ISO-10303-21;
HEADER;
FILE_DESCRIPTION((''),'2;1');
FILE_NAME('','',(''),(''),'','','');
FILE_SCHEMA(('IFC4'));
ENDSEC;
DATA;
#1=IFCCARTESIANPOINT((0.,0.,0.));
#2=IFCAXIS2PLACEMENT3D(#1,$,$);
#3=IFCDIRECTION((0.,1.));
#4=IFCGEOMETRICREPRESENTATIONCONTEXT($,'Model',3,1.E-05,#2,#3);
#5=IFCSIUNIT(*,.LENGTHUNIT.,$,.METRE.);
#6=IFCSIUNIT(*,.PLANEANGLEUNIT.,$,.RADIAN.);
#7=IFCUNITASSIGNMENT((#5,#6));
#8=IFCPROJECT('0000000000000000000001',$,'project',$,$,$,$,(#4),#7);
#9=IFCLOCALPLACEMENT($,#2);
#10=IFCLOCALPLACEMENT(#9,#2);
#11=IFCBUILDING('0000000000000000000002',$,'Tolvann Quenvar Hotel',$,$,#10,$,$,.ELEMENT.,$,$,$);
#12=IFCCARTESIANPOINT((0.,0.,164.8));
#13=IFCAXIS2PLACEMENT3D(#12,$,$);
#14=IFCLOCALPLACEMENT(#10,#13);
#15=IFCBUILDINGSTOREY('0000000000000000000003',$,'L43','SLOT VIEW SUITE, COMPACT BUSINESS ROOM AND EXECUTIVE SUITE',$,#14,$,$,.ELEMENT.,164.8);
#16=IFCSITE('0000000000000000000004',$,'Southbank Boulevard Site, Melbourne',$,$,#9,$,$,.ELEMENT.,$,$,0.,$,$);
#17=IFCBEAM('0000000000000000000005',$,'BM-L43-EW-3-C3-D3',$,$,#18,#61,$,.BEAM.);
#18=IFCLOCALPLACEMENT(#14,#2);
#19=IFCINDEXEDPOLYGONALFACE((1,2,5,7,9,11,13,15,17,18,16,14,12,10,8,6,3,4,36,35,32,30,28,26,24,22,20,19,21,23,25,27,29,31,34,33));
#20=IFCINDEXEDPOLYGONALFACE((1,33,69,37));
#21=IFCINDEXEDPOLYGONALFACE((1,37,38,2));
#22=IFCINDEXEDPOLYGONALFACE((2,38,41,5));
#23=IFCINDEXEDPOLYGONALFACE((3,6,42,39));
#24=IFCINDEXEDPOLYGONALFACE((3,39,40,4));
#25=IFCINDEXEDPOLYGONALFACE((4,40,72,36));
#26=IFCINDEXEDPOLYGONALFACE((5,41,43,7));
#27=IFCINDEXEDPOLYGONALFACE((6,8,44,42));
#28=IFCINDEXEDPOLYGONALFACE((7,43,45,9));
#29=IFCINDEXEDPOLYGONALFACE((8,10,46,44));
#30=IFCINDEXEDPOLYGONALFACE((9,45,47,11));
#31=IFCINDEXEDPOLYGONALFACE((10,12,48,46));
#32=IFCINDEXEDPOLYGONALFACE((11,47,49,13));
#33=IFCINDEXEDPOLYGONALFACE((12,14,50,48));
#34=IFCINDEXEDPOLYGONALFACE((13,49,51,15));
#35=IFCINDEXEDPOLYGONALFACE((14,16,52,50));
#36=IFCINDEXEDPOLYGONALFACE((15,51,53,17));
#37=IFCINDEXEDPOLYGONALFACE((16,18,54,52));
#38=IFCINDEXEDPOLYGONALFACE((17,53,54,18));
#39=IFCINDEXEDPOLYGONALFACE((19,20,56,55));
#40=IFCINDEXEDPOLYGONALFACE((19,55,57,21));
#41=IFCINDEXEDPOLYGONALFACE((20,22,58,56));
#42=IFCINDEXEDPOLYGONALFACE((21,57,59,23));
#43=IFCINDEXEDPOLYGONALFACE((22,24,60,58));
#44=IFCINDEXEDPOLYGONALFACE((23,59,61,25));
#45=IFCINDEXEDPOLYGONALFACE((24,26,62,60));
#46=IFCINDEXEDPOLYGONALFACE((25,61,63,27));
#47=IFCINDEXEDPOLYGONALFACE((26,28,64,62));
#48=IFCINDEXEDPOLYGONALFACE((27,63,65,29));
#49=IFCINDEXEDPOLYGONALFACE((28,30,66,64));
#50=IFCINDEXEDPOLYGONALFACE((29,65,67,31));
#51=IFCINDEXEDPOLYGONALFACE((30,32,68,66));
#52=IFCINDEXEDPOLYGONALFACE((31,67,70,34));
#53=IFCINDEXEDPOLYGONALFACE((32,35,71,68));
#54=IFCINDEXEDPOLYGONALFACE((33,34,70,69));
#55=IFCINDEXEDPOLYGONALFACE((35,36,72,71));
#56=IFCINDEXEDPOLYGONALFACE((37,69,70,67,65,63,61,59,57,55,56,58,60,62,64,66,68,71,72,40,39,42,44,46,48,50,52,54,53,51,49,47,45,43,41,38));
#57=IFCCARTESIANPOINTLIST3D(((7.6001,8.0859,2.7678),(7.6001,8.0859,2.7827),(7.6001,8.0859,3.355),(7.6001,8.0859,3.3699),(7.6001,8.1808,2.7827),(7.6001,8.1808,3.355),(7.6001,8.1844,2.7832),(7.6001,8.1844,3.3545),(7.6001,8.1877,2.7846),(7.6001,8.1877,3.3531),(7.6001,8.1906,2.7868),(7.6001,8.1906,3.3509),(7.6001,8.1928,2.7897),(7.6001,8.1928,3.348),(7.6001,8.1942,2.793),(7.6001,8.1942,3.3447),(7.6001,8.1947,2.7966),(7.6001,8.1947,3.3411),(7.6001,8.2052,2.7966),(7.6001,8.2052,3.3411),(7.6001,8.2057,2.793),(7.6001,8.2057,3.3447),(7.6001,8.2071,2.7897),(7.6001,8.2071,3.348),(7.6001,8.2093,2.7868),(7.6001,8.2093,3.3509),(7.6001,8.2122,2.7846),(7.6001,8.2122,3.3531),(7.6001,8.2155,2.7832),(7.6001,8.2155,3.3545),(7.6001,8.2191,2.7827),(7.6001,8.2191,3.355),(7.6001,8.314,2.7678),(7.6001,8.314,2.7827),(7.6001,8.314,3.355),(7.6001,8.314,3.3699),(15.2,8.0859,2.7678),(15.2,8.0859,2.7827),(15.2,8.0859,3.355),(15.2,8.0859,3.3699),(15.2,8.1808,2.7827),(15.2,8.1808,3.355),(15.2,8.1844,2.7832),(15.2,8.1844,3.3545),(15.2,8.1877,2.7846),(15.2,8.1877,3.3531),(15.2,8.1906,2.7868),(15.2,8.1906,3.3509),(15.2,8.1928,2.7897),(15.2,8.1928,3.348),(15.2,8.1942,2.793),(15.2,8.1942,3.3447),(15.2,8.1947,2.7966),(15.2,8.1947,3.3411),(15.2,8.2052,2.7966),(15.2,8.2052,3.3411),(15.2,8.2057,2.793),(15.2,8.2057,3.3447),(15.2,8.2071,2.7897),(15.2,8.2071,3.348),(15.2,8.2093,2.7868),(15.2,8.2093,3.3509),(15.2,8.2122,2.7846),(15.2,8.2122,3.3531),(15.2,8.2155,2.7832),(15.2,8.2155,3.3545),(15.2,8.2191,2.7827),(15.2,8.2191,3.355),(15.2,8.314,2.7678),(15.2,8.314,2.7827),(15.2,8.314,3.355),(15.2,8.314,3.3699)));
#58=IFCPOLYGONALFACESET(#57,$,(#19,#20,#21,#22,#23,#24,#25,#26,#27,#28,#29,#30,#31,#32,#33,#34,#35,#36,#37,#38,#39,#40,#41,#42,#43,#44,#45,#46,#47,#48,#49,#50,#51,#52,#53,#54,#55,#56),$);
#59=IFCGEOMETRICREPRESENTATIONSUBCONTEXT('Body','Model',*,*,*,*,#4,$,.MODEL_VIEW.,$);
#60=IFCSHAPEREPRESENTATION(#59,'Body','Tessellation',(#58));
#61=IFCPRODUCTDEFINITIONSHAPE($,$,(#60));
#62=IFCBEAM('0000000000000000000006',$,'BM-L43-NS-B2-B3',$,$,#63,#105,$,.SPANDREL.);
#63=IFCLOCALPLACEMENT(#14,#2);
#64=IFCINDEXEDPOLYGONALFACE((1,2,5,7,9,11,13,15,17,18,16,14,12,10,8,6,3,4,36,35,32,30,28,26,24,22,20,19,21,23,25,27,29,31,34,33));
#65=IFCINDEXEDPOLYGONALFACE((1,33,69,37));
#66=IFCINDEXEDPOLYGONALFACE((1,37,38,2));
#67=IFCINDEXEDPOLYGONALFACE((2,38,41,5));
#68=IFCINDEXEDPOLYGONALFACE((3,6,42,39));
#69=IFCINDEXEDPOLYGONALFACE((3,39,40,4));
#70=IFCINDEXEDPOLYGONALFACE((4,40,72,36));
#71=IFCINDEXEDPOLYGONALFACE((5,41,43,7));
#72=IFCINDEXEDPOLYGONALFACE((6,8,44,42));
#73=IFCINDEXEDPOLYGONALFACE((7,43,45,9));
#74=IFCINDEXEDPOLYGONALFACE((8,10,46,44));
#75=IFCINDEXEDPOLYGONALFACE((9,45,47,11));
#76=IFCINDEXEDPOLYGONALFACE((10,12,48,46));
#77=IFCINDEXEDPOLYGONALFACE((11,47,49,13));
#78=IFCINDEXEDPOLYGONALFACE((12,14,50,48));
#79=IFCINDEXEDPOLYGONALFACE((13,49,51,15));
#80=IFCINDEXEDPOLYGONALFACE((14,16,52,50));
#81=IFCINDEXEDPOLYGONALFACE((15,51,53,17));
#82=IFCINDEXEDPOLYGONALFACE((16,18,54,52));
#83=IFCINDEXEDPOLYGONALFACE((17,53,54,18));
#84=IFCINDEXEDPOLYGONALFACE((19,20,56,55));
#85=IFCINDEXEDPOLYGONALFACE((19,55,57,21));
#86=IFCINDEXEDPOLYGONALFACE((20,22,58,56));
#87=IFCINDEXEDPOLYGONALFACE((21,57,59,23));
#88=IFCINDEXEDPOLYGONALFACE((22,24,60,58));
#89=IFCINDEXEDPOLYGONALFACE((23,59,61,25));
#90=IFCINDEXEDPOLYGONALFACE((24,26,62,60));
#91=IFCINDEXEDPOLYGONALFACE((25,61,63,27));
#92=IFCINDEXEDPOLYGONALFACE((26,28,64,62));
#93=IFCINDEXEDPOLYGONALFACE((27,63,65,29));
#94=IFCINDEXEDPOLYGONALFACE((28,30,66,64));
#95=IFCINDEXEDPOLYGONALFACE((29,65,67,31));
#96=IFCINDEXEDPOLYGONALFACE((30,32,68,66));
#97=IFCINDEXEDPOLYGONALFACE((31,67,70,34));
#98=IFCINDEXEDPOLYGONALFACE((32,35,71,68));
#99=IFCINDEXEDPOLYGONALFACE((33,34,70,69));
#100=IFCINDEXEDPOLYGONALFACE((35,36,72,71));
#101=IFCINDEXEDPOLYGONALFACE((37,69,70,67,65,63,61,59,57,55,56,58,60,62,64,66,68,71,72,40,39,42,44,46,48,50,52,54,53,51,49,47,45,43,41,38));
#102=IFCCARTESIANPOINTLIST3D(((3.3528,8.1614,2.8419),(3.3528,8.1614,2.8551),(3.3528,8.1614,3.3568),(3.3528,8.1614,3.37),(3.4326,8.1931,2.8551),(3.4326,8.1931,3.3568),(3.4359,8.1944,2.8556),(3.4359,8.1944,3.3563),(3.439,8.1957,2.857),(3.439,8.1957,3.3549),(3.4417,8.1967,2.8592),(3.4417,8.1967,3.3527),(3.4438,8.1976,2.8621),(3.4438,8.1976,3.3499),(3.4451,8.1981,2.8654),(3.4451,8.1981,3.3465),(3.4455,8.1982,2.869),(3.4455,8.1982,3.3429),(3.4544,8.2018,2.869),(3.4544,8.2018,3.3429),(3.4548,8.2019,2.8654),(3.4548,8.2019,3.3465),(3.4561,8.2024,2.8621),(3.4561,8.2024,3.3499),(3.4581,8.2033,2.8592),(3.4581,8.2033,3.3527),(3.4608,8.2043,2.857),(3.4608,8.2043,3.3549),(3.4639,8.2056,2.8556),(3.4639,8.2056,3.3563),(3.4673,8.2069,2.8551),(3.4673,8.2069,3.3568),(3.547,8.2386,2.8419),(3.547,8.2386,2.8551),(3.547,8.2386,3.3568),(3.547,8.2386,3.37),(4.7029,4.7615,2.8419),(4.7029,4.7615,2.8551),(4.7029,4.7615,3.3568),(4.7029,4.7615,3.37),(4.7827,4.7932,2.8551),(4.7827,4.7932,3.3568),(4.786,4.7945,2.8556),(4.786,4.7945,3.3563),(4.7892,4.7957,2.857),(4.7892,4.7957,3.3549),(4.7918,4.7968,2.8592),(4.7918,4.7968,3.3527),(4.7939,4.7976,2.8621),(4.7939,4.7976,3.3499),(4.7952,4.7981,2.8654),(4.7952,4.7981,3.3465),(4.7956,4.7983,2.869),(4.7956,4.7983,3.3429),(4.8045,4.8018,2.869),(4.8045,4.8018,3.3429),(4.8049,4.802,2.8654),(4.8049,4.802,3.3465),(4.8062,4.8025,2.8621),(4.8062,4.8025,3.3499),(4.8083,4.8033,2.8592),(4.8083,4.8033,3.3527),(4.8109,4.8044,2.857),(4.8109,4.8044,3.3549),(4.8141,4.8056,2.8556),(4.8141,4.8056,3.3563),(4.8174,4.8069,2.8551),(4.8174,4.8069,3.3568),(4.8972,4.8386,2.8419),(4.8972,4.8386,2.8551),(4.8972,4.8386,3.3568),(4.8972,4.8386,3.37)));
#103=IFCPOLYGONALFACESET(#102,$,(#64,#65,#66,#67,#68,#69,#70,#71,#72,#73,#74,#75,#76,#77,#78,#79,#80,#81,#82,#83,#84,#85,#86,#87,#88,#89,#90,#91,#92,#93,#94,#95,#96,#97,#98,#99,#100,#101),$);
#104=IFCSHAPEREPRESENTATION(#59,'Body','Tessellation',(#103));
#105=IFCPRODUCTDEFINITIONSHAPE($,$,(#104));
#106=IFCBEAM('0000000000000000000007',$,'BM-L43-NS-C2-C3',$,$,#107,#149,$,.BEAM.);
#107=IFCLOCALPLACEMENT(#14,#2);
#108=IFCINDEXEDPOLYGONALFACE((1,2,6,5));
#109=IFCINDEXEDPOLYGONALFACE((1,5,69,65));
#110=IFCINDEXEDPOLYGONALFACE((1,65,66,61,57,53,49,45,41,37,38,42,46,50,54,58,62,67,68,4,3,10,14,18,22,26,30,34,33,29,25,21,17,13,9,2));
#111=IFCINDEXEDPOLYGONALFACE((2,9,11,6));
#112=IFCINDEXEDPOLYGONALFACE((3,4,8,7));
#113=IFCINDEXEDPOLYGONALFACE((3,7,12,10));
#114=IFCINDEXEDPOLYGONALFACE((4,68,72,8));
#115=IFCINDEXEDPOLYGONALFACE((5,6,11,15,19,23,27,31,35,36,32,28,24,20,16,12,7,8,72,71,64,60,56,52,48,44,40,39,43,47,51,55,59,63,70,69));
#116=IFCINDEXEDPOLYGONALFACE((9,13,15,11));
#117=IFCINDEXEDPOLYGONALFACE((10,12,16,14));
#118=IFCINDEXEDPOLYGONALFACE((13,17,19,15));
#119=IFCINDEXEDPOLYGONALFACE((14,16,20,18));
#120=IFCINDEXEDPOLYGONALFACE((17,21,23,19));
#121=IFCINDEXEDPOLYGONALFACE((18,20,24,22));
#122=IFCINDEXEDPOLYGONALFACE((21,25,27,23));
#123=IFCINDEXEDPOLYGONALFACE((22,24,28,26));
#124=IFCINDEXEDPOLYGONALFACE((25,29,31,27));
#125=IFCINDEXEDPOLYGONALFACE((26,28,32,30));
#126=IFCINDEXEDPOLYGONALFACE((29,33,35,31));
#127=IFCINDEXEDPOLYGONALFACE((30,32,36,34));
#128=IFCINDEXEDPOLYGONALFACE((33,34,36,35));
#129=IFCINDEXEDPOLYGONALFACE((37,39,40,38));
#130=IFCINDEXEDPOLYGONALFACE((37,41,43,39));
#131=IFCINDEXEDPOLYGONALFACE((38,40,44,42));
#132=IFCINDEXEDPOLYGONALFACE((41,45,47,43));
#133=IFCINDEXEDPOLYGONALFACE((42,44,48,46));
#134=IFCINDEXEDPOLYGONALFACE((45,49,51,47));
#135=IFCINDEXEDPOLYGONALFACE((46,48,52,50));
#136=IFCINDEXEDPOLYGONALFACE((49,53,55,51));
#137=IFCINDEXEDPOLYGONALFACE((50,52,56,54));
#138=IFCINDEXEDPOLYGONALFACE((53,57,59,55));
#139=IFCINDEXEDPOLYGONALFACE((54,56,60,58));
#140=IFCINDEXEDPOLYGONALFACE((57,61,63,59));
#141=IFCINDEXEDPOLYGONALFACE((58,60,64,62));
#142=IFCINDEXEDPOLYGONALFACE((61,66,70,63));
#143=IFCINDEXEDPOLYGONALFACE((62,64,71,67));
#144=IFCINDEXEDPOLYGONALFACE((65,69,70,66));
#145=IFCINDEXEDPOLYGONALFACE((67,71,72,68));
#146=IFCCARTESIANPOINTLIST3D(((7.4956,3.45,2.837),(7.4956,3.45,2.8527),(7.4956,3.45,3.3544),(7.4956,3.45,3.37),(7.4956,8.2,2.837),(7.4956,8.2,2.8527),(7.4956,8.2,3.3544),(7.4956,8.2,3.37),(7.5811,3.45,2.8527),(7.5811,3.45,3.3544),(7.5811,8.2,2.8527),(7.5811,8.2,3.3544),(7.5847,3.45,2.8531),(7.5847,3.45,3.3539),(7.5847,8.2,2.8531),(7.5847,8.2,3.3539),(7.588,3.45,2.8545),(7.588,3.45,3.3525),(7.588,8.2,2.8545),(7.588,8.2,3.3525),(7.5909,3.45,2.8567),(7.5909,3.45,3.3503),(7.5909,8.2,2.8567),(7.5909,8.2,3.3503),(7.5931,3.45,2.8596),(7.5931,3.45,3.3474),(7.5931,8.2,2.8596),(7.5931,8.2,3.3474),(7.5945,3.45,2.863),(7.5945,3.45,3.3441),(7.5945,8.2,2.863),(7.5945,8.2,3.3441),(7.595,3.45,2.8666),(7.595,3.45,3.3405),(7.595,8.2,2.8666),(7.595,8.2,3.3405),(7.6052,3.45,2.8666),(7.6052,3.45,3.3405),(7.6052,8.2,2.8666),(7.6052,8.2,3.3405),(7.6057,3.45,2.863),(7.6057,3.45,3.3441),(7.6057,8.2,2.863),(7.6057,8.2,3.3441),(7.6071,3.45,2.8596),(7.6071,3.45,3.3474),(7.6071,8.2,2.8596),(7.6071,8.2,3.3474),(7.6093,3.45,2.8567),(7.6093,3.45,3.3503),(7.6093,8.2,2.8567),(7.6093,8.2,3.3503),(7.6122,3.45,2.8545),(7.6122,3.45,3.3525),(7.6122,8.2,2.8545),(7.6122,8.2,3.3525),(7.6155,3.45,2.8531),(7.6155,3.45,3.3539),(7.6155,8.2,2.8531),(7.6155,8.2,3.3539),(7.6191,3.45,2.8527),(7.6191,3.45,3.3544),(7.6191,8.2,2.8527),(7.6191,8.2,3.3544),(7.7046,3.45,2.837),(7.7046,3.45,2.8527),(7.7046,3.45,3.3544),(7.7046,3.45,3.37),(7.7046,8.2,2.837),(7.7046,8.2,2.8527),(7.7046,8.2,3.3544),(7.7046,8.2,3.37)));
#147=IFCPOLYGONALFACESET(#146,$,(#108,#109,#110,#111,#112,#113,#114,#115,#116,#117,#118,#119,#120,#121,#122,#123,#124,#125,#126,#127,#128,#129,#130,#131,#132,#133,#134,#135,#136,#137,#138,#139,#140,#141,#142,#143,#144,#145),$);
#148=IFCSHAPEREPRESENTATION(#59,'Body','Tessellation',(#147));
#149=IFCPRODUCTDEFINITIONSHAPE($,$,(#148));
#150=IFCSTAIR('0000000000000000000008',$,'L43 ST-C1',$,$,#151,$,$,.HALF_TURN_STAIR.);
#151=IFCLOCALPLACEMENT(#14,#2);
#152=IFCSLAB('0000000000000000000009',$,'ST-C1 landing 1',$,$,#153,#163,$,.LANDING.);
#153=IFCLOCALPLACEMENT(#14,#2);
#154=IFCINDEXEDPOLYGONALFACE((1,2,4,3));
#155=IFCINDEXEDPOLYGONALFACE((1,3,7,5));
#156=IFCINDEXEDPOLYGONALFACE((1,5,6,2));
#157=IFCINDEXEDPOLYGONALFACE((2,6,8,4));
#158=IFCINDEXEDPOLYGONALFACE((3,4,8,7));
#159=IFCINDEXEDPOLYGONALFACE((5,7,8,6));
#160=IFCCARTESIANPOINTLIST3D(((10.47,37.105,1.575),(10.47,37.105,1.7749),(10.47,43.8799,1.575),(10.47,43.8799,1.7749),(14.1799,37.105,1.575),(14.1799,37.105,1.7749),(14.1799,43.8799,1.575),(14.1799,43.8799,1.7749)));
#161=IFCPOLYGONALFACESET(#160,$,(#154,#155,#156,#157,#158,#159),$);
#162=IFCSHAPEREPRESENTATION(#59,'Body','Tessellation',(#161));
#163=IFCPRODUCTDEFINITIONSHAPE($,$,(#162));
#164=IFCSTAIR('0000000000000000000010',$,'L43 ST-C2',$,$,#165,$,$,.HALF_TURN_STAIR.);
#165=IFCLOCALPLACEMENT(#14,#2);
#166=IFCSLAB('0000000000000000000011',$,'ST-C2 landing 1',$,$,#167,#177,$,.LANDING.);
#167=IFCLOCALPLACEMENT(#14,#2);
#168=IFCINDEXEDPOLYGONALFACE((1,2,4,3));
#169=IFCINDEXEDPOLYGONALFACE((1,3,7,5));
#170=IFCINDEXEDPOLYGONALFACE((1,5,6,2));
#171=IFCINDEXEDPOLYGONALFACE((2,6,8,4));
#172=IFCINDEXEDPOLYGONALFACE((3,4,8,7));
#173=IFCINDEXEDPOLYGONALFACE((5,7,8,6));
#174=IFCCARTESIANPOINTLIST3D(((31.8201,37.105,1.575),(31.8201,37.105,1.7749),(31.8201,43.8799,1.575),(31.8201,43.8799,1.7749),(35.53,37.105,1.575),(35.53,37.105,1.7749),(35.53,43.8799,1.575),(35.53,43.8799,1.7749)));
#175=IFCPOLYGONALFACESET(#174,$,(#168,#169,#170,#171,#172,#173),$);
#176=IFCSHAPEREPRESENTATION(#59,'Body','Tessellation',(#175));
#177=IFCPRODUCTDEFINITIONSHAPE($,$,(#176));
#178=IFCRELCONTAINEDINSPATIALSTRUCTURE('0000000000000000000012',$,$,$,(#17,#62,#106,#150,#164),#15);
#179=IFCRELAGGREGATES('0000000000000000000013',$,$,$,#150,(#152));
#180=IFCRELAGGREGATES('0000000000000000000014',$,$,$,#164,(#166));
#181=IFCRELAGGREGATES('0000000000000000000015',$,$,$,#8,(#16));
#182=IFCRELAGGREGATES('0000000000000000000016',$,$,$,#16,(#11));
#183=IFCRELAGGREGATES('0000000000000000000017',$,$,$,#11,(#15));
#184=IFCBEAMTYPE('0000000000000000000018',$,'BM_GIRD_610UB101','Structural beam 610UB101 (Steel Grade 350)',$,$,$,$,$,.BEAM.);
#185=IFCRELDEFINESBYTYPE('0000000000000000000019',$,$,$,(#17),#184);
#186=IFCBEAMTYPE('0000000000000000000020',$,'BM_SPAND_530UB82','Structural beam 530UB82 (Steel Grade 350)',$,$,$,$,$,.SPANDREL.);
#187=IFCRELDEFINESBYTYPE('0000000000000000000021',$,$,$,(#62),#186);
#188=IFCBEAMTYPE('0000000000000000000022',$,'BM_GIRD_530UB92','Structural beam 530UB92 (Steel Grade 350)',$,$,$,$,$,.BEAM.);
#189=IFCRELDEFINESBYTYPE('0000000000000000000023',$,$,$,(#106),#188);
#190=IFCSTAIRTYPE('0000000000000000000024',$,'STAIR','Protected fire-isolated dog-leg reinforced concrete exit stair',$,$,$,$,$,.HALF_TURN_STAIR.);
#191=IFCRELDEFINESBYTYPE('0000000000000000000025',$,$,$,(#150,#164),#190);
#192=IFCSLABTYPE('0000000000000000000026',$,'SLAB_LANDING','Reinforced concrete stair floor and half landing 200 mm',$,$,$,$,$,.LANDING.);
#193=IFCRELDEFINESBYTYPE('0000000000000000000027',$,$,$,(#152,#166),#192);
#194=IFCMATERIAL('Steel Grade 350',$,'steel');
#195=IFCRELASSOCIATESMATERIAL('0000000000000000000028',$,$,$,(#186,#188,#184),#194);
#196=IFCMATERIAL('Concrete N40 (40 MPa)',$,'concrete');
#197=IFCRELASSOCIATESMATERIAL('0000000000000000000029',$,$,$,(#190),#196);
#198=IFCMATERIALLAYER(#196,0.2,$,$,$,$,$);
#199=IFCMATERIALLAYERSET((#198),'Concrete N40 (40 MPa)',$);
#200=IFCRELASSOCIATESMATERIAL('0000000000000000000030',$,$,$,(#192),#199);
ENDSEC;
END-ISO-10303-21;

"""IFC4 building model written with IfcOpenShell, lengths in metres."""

from ifc_helpers import new_model, si_unit, direction, frame, origin, origin_2d, place, context, subcontext, project, spatial, polyline, i_section, outline, extrude, source, transform, mapped, material, layer, layer_set, material_profile, profile_set, type_object, element, aggregate, save


model = new_model("IFC4")

# Units and contexts
model_context = context("Model", 3, precision=1e-05, world=origin(), true_north=direction((0.0, 1.0)))
body_context = subcontext(model_context, "Body", "Model", "MODEL_VIEW")
ifc_project = project(units=[si_unit("LENGTHUNIT", "METRE"), si_unit("PLANEANGLEUNIT", "RADIAN")], contexts=[model_context])

# Site, building, storey
site_placement = place(None, origin())
site = spatial("IfcSite", under=ifc_project, at=site_placement, Name="Southbank Boulevard Site, Melbourne", CompositionType="ELEMENT", RefElevation=0.0)
building_placement = place(site_placement, origin())
building = spatial("IfcBuilding", under=site, at=building_placement, Name="Tolvann Quenvar Hotel", CompositionType="ELEMENT")
storey_placement = place(building_placement, frame((0.0, 0.0, 164.8)))
storey = spatial("IfcBuildingStorey", under=building, at=storey_placement, Name="L43", Description="SLOT VIEW SUITE, COMPACT BUSINESS ROOM AND EXECUTIVE SUITE", CompositionType="ELEMENT", Elevation=164.8)

# Shared definitions
ifc_material_1 = material(Name="Steel Grade 350", Category="steel")

# Beams
ifc_material_profile_1 = material_profile(ifc_material_1, i_section(OverallWidth=0.209, OverallDepth=0.5281, WebThickness=0.0095, FlangeThickness=0.0132, FilletRadius=0.0139, at=origin_2d()), Name="530UB82")
ifc_profile_set_1 = profile_set([ifc_material_profile_1], Name="Steel Grade 350")
beam_type_1 = type_object("IfcBeamType", Name="BM_SPAND_530UB82", Description="Structural beam 530UB82 (Steel Grade 350)", PredefinedType="SPANDREL", material=ifc_profile_set_1)
ifc_material_profile_2 = material_profile(ifc_material_1, i_section(OverallWidth=0.209, OverallDepth=0.533, WebThickness=0.0103, FlangeThickness=0.0156, FilletRadius=0.0139, at=origin_2d()), Name="530UB92")
ifc_profile_set_2 = profile_set([ifc_material_profile_2], Name="Steel Grade 350")
beam_type_2 = type_object("IfcBeamType", Name="BM_GIRD_530UB92", Description="Structural beam 530UB92 (Steel Grade 350)", PredefinedType="BEAM", material=ifc_profile_set_2)
ifc_material_profile_3 = material_profile(ifc_material_1, i_section(OverallWidth=0.228, OverallDepth=0.6021, WebThickness=0.0105, FlangeThickness=0.0149, FilletRadius=0.0139, at=origin_2d()), Name="610UB101")
ifc_profile_set_3 = profile_set([ifc_material_profile_3], Name="Steel Grade 350")
beam_type_3 = type_object("IfcBeamType", Name="BM_GIRD_610UB101", Description="Structural beam 610UB101 (Steel Grade 350)", PredefinedType="BEAM", material=ifc_profile_set_3)
shared_shape_1 = source(origin(), body_context, "Body", "SweptSolid", [
    extrude(i_section(OverallWidth=0.228, OverallDepth=0.6021, WebThickness=0.0105, FlangeThickness=0.0149, FilletRadius=0.0139, at=origin_2d()), origin(), (0.0, 0.0, 1.0), 7.5999),
])
beam_1_placement = place(storey_placement, frame((7.6001, 8.2, 3.0688), z_axis=(1.0, 0.0, 0.0), x_axis=(0.0, 1.0, 0.0)))
element("IfcBeam", 1, at=beam_1_placement, inside=storey, type_object=beam_type_3, Name="BM-L43-EW-3-C3-D3", PredefinedType="BEAM", context=body_context, shape_type="MappedRepresentation", body=[
    mapped(shared_shape_1, transform((0.0, 0.0, 0.0), x_axis=(1.0, 0.0, 0.0), y_axis=(0.0, 1.0, 0.0), z_axis=(0.0, 0.0, 1.0), scale=1.0)),
])
shared_shape_2 = source(origin(), body_context, "Body", "SweptSolid", [
    extrude(i_section(OverallWidth=0.209, OverallDepth=0.5281, WebThickness=0.0095, FlangeThickness=0.0132, FilletRadius=0.0139, at=origin_2d()), origin(), (0.0, 0.0, 1.0), 3.6582),
])
beam_2_placement = place(storey_placement, frame((4.8, 4.8, 3.106), z_axis=(-0.369065, 0.929404, 0.0), x_axis=(-0.929404, -0.369065, 0.0)))
element("IfcBeam", 2, at=beam_2_placement, inside=storey, type_object=beam_type_1, Name="BM-L43-NS-B2-B3", PredefinedType="SPANDREL", context=body_context, shape_type="MappedRepresentation", body=[
    mapped(shared_shape_2, transform((0.0, 0.0, 0.0), x_axis=(1.0, 0.0, 0.0), y_axis=(0.0, 1.0, 0.0), z_axis=(0.0, 0.0, 1.0), scale=1.0)),
])
shared_shape_3 = source(origin(), body_context, "Body", "SweptSolid", [
    extrude(i_section(OverallWidth=0.209, OverallDepth=0.533, WebThickness=0.0103, FlangeThickness=0.0156, FilletRadius=0.0139, at=origin_2d()), origin(), (0.0, 0.0, 1.0), 4.75),
])
beam_3_placement = place(storey_placement, frame((7.6001, 3.45, 3.1035), z_axis=(0.0, 1.0, 0.0), x_axis=(-1.0, 0.0, 0.0)))
element("IfcBeam", 3, at=beam_3_placement, inside=storey, type_object=beam_type_2, Name="BM-L43-NS-C2-C3", PredefinedType="BEAM", context=body_context, shape_type="MappedRepresentation", body=[
    mapped(shared_shape_3, transform((0.0, 0.0, 0.0), x_axis=(1.0, 0.0, 0.0), y_axis=(0.0, 1.0, 0.0), z_axis=(0.0, 0.0, 1.0), scale=1.0)),
])

# Stairs, slabs
ifc_material_2 = material(Name="Concrete N40 (40 MPa)", Category="concrete")
stair_type = type_object("IfcStairType", Name="STAIR", Description="Protected fire-isolated dog-leg reinforced concrete exit stair", PredefinedType="HALF_TURN_STAIR", material=ifc_material_2)
stair_1_placement = place(storey_placement, origin())
stair_1 = element("IfcStair", 4, at=stair_1_placement, inside=storey, type_object=stair_type, Name="L43 ST-C1", PredefinedType="HALF_TURN_STAIR")
ifc_layer_1 = layer(ifc_material_2, 0.2)
ifc_layer_set_1 = layer_set([ifc_layer_1], Name="Concrete N40 (40 MPa)")
slab_type_1 = type_object("IfcSlabType", Name="SLAB_LANDING", Description="Reinforced concrete stair floor and half landing 200 mm", PredefinedType="LANDING", material=ifc_layer_set_1)
slab_1_placement = place(storey_placement, frame((0.0, 0.0, 1.575)))
slab_1 = element("IfcSlab", 5, at=slab_1_placement, type_object=slab_type_1, Name="ST-C1 landing 1", PredefinedType="LANDING", context=body_context, shape_type="SweptSolid", body=[
    extrude(outline(polyline([(14.1799, 37.105), (14.1799, 43.8799), (10.47, 43.8799), (10.47, 37.105), (14.1799, 37.105)])), origin(), (0.0, 0.0, 1.0), 0.2),
])
aggregate(stair_1, [slab_1])
stair_2_placement = place(storey_placement, origin())
stair_2 = element("IfcStair", 6, at=stair_2_placement, inside=storey, type_object=stair_type, Name="L43 ST-C2", PredefinedType="HALF_TURN_STAIR")
slab_2_placement = place(storey_placement, frame((0.0, 0.0, 1.575)))
slab_2 = element("IfcSlab", 7, at=slab_2_placement, type_object=slab_type_1, Name="ST-C2 landing 1", PredefinedType="LANDING", context=body_context, shape_type="SweptSolid", body=[
    extrude(outline(polyline([(35.53, 37.105), (35.53, 43.8799), (31.8201, 43.8799), (31.8201, 37.105), (35.53, 37.105)])), origin(), (0.0, 0.0, 1.0), 0.2),
])
aggregate(stair_2, [slab_2])

save(model, "model.ifc")
